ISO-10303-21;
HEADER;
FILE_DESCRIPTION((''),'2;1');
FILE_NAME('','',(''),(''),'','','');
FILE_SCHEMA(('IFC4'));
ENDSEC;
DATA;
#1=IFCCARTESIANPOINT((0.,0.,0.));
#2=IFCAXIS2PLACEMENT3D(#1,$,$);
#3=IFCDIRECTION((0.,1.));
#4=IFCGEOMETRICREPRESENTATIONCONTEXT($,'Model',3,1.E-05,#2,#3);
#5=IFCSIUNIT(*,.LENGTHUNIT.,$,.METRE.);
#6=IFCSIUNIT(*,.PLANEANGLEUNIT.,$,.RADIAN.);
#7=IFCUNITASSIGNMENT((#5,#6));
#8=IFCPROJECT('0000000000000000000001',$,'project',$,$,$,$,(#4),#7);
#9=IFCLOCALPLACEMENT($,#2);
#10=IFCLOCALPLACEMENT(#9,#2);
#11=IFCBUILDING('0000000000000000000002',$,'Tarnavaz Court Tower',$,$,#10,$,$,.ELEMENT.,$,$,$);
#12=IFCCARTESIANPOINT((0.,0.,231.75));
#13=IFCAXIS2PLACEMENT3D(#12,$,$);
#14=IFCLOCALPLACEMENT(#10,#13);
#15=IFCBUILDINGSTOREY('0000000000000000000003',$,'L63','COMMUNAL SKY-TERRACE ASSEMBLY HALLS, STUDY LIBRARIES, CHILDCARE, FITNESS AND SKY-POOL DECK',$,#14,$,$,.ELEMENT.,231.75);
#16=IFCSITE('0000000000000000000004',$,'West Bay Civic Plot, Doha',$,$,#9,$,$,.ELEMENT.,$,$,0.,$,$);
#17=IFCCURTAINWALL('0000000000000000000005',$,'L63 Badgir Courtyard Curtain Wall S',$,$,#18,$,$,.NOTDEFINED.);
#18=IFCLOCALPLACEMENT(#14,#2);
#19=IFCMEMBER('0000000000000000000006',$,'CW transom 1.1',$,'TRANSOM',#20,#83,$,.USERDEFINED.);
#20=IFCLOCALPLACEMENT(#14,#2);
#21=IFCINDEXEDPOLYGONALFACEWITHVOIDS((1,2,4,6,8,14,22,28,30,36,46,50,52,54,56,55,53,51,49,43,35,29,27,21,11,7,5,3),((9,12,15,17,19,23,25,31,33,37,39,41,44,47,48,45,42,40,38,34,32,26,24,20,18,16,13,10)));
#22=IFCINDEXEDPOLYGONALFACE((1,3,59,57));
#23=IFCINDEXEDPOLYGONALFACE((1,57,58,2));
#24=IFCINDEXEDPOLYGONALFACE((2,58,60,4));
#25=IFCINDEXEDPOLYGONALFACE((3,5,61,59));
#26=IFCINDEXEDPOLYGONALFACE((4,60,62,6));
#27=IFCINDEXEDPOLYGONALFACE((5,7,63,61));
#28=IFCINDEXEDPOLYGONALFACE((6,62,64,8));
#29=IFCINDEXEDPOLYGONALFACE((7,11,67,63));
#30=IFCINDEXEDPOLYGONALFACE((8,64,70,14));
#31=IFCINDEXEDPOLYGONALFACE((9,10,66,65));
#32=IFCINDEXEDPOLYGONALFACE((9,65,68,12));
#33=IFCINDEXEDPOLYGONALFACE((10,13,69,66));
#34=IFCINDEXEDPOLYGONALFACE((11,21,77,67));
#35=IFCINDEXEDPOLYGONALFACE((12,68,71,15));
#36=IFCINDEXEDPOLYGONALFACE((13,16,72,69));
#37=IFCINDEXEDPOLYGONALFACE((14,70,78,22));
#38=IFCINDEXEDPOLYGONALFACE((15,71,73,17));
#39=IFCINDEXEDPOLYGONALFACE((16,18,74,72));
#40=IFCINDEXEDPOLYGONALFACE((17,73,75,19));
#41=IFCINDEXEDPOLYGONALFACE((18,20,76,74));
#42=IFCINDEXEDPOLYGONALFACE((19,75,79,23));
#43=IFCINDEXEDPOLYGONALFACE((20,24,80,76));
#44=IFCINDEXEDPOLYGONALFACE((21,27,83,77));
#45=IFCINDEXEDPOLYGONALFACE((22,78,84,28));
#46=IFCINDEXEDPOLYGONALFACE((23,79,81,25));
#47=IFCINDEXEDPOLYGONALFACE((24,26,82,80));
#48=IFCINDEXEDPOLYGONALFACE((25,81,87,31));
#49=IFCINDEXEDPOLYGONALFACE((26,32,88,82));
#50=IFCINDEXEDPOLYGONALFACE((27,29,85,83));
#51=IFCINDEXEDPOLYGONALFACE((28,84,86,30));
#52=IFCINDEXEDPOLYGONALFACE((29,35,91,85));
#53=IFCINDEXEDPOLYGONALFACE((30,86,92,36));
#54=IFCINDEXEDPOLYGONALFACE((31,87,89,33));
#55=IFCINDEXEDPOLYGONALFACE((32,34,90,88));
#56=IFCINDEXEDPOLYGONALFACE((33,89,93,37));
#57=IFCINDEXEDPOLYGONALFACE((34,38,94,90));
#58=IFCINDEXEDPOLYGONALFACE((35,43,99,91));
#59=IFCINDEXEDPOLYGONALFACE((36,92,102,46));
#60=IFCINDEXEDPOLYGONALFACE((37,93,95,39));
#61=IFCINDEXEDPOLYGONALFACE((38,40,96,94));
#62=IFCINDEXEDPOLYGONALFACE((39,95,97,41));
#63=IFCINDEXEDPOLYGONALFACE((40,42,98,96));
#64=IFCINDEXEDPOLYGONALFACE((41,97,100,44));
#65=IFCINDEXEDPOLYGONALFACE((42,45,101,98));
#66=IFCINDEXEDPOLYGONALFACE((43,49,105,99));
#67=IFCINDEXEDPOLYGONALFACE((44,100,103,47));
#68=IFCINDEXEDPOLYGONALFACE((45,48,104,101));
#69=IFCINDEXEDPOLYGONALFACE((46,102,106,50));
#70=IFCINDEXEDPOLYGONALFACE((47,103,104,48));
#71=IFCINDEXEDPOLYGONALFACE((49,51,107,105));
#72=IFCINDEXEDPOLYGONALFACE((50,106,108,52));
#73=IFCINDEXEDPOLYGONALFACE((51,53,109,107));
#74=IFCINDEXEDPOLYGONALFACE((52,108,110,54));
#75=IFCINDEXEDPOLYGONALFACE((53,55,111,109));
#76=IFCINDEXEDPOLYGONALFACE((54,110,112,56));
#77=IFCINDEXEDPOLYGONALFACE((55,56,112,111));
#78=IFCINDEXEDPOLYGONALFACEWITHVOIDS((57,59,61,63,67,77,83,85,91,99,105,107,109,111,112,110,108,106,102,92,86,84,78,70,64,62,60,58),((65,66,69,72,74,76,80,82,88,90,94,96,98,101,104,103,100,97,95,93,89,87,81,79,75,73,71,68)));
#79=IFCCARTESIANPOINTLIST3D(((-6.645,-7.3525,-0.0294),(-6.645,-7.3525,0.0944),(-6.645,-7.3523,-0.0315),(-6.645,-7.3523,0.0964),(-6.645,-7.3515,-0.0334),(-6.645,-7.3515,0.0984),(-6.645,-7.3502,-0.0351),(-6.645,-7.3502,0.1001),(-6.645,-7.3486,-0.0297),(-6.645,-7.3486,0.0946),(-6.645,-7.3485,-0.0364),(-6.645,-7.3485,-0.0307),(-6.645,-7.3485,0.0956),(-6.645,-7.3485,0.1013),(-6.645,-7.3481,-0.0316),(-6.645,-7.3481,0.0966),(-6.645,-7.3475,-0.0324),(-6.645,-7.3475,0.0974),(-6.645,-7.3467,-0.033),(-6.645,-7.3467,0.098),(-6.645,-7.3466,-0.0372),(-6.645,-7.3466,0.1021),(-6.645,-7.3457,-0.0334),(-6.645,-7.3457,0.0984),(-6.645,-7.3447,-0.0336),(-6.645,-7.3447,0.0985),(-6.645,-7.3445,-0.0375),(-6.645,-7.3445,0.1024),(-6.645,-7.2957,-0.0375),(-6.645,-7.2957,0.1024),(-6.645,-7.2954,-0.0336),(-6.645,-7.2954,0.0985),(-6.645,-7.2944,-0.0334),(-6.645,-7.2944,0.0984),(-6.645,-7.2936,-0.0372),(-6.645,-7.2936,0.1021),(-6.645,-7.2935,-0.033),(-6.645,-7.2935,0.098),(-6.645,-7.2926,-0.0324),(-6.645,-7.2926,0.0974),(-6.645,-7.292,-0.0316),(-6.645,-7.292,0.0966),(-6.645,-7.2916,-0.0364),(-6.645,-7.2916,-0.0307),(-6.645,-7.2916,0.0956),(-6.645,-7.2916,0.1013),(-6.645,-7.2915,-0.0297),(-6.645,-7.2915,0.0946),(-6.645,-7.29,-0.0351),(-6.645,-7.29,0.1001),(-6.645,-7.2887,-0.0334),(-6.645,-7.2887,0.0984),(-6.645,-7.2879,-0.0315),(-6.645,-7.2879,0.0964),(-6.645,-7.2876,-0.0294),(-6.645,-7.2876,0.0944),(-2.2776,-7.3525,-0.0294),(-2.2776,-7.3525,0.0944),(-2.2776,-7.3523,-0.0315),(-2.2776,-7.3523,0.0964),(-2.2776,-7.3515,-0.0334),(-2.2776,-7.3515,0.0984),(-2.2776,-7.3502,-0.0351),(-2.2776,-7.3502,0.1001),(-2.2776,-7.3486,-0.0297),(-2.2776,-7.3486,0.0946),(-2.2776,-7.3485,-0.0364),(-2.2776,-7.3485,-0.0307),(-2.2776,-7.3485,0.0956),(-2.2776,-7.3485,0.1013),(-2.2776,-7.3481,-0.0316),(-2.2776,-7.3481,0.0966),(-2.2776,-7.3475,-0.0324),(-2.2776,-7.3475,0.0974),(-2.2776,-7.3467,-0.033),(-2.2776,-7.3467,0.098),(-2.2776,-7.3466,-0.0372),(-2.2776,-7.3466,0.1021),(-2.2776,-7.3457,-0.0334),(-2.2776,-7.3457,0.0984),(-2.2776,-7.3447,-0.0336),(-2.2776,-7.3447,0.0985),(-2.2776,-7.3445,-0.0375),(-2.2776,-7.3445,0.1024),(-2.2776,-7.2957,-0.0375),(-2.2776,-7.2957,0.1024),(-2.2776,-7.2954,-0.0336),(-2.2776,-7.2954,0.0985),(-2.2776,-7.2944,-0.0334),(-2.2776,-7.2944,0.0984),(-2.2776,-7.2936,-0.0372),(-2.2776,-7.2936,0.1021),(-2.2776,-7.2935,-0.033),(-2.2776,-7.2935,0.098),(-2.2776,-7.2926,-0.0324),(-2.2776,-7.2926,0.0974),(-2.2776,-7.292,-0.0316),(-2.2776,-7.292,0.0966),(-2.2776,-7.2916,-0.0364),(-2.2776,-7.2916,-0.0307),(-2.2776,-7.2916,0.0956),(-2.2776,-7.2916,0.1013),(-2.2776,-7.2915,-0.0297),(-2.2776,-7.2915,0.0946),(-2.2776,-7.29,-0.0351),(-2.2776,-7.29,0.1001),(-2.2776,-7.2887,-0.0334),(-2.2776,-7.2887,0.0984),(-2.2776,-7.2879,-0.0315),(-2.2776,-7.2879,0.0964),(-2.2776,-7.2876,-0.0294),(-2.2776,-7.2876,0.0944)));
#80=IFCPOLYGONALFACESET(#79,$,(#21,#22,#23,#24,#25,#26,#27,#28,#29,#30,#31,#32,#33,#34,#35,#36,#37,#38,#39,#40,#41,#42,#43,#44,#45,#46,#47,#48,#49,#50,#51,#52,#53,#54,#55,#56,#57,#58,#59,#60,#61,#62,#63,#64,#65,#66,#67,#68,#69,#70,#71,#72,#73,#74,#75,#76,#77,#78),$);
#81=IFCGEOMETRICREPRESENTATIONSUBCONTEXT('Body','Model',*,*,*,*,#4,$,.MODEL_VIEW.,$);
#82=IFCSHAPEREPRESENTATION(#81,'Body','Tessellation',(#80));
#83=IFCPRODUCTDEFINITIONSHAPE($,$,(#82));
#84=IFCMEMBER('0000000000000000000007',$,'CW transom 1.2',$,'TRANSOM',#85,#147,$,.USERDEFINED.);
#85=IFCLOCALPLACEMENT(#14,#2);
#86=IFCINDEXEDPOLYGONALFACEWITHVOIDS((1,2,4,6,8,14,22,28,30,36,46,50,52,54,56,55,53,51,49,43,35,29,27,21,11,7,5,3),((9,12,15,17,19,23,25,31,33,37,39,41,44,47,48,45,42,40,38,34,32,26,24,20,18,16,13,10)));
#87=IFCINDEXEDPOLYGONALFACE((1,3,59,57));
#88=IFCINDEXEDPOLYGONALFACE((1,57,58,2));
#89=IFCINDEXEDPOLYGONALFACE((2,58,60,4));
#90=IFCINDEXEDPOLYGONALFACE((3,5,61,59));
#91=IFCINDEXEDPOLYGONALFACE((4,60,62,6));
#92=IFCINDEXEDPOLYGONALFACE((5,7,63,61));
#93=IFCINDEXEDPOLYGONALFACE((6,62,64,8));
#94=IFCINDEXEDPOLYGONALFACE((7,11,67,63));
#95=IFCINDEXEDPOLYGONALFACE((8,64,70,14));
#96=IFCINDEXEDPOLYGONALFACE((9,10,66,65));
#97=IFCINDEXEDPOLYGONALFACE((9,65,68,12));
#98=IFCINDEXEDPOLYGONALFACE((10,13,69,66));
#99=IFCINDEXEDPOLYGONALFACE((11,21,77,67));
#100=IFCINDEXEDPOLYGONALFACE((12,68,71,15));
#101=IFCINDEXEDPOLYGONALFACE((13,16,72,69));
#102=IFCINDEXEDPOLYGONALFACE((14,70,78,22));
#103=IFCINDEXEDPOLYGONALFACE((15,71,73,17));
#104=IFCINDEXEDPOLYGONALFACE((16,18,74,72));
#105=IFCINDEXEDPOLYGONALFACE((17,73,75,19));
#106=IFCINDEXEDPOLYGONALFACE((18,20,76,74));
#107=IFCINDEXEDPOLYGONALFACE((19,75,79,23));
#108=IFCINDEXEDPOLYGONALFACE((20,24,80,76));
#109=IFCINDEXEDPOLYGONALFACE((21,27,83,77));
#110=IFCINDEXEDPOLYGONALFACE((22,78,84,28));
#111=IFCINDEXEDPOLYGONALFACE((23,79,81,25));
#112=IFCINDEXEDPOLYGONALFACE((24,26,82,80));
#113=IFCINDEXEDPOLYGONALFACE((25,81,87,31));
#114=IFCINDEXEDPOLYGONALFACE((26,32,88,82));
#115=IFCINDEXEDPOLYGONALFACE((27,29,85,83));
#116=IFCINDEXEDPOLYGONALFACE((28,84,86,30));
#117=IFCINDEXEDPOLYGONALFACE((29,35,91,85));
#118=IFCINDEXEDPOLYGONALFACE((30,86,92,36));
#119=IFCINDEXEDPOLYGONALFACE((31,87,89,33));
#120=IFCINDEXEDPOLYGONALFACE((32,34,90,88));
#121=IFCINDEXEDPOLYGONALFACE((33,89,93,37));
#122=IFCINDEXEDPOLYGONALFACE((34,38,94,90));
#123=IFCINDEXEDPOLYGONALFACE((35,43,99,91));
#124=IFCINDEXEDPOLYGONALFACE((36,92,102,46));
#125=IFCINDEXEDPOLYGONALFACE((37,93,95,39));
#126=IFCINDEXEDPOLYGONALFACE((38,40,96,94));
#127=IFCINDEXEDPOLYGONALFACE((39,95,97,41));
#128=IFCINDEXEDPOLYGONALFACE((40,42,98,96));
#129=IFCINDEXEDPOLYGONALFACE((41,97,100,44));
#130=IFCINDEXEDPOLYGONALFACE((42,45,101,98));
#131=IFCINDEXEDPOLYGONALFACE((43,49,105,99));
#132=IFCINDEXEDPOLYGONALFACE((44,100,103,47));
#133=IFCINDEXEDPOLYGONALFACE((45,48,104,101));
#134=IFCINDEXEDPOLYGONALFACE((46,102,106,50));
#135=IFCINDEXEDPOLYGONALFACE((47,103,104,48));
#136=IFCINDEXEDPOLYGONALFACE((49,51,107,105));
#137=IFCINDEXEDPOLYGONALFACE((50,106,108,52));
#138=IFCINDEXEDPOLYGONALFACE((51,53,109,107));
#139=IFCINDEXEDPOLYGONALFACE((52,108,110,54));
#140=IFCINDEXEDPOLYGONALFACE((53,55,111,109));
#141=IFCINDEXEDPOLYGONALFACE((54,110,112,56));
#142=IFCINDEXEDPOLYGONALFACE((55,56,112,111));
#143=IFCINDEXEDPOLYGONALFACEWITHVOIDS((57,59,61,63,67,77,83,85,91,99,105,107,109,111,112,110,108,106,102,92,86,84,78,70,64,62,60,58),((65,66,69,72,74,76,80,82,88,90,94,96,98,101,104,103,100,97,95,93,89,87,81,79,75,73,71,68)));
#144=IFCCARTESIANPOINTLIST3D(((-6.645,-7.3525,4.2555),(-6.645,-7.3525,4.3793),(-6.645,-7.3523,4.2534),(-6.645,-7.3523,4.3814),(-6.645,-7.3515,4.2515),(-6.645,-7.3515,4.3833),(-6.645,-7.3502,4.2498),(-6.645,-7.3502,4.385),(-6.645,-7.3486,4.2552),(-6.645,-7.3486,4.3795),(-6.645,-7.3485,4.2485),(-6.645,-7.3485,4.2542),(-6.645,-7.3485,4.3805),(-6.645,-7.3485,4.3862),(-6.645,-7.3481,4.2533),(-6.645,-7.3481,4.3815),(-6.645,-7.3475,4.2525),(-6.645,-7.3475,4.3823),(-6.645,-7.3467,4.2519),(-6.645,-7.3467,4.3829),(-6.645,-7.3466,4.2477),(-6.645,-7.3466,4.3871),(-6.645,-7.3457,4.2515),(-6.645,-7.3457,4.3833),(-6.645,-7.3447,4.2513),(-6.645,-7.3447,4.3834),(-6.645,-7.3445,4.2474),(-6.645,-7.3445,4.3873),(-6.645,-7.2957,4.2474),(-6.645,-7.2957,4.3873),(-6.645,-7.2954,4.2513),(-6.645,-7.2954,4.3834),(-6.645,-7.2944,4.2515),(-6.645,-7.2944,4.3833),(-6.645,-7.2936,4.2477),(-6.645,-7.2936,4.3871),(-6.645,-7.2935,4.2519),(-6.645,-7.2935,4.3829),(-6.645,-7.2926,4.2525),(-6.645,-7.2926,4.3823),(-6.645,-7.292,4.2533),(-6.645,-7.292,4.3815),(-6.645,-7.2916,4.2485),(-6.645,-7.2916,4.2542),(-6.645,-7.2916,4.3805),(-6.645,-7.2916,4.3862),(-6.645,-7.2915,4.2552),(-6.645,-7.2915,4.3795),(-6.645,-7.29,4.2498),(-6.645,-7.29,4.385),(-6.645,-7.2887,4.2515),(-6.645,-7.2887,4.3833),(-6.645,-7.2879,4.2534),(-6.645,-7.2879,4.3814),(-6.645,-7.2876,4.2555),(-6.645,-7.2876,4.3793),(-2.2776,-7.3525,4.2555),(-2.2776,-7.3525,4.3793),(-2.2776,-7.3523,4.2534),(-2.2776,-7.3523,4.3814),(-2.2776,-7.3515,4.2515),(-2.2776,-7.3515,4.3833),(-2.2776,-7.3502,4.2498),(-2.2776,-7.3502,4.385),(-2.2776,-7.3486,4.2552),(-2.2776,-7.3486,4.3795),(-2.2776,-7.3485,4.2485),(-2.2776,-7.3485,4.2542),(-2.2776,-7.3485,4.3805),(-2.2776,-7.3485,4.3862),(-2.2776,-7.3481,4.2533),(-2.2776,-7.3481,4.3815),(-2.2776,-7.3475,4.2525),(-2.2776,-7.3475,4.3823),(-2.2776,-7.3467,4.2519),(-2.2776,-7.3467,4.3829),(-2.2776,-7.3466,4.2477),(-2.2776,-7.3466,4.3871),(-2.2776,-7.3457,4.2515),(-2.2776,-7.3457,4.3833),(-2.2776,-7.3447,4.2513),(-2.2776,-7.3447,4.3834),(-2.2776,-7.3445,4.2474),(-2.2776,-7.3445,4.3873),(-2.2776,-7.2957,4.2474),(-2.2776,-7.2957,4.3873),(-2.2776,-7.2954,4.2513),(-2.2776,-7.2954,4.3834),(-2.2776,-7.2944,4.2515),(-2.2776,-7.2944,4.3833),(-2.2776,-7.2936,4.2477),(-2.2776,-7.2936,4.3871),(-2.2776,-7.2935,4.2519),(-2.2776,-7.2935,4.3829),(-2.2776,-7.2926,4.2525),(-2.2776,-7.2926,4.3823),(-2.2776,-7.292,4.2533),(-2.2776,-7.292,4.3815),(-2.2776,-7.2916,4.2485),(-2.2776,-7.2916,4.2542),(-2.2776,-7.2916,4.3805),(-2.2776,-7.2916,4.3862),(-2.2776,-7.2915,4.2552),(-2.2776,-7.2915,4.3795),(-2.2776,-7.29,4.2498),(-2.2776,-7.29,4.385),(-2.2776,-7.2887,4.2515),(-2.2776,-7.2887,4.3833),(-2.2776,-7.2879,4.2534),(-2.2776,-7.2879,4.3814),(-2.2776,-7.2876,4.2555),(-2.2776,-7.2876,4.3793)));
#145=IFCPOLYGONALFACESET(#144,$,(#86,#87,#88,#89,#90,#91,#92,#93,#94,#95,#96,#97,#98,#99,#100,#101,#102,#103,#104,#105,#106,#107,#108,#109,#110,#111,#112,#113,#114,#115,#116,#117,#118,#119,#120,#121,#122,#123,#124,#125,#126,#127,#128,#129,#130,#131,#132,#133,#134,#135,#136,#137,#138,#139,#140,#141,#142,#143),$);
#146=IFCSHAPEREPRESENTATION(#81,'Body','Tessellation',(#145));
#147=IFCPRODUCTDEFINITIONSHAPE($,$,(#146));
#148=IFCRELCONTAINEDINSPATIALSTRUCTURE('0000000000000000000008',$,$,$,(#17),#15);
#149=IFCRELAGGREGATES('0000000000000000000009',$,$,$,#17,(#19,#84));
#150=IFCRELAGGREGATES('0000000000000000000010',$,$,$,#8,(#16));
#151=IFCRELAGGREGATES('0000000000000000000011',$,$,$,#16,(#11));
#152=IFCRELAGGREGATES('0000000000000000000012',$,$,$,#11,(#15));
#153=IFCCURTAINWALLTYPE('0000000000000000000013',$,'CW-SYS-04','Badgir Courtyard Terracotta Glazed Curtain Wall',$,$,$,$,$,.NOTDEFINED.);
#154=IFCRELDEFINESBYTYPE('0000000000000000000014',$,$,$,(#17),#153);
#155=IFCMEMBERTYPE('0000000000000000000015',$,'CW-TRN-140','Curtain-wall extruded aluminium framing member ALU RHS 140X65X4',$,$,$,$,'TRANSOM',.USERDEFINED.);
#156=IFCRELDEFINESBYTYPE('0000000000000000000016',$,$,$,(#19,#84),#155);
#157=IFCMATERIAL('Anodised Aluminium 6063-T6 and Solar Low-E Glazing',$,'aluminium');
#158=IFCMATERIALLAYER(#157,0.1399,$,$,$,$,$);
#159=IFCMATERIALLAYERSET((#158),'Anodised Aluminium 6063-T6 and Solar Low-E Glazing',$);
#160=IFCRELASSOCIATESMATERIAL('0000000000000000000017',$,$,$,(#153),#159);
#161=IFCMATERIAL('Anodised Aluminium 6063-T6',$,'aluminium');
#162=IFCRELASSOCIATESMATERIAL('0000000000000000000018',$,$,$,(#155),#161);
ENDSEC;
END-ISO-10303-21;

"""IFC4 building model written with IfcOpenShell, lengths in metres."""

from ifc_helpers import new_model, si_unit, direction, frame, origin, origin_2d, place, context, subcontext, project, spatial, hollow_rectangle, extrude, material, layer, layer_set, material_profile, profile_set, type_object, element, aggregate, save


model = new_model("IFC4")

# Units and contexts
model_context = context("Model", 3, precision=1e-05, world=origin(), true_north=direction((0.0, 1.0)))
body_context = subcontext(model_context, "Body", "Model", "MODEL_VIEW")
ifc_project = project(units=[si_unit("LENGTHUNIT", "METRE"), si_unit("PLANEANGLEUNIT", "RADIAN")], contexts=[model_context])

# Site, building, storey
site_placement = place(None, origin())
site = spatial("IfcSite", under=ifc_project, at=site_placement, Name="West Bay Civic Plot, Doha", CompositionType="ELEMENT", RefElevation=0.0)
building_placement = place(site_placement, origin())
building = spatial("IfcBuilding", under=site, at=building_placement, Name="Tarnavaz Court Tower", CompositionType="ELEMENT")
storey_placement = place(building_placement, frame((0.0, 0.0, 231.75)))
storey = spatial("IfcBuildingStorey", under=building, at=storey_placement, Name="L63", Description="COMMUNAL SKY-TERRACE ASSEMBLY HALLS, STUDY LIBRARIES, CHILDCARE, FITNESS AND SKY-POOL DECK", CompositionType="ELEMENT", Elevation=231.75)

# Curtain wall, members
ifc_material_1 = material(Name="Anodised Aluminium 6063-T6 and Solar Low-E Glazing", Category="aluminium")
ifc_layer_1 = layer(ifc_material_1, 0.1399)
ifc_layer_set_1 = layer_set([ifc_layer_1], Name="Anodised Aluminium 6063-T6 and Solar Low-E Glazing")
curtain_wall_type = type_object("IfcCurtainWallType", Name="CW-SYS-04", Description="Badgir Courtyard Terracotta Glazed Curtain Wall", PredefinedType="NOTDEFINED", material=ifc_layer_set_1)
curtain_wall_placement = place(storey_placement, origin())
curtain_wall = element("IfcCurtainWall", 1, at=curtain_wall_placement, inside=storey, type_object=curtain_wall_type, Name="L63 Badgir Courtyard Curtain Wall S", PredefinedType="NOTDEFINED")
ifc_material_2 = material(Name="Anodised Aluminium 6063-T6", Category="aluminium")
ifc_material_profile_1 = material_profile(ifc_material_2, hollow_rectangle(XDim=0.0649, YDim=0.1399, WallThickness=0.0039, InnerFilletRadius=0.0039, OuterFilletRadius=0.0081, at=origin_2d()), Name="ALU RHS 140X65X4")
ifc_profile_set_1 = profile_set([ifc_material_profile_1], Name="Anodised Aluminium 6063-T6")
member_type_1 = type_object("IfcMemberType", Name="CW-TRN-140", Description="Curtain-wall extruded aluminium framing member ALU RHS 140X65X4", ElementType="TRANSOM", PredefinedType="USERDEFINED", material=ifc_profile_set_1)
member_1_placement = place(storey_placement, frame((-6.645, -7.3201, 0.0325), z_axis=(1.0, 0.0, 0.0), x_axis=(0.0, 1.0, 0.0)))
member_1 = element("IfcMember", 2, at=member_1_placement, type_object=member_type_1, Name="CW transom 1.1", ObjectType="TRANSOM", PredefinedType="USERDEFINED", context=body_context, shape_type="SweptSolid", body=[
    extrude(hollow_rectangle(XDim=0.0649, YDim=0.1399, WallThickness=0.0039, InnerFilletRadius=0.0039, OuterFilletRadius=0.0081, at=origin_2d()), origin(), (0.0, 0.0, 1.0), 4.3674),
])
member_2_placement = place(storey_placement, frame((-6.645, -7.3201, 4.3174), z_axis=(1.0, 0.0, 0.0), x_axis=(0.0, 1.0, 0.0)))
member_2 = element("IfcMember", 3, at=member_2_placement, type_object=member_type_1, Name="CW transom 1.2", ObjectType="TRANSOM", PredefinedType="USERDEFINED", context=body_context, shape_type="SweptSolid", body=[
    extrude(hollow_rectangle(XDim=0.0649, YDim=0.1399, WallThickness=0.0039, InnerFilletRadius=0.0039, OuterFilletRadius=0.0081, at=origin_2d()), origin(), (0.0, 0.0, 1.0), 4.3674),
])
aggregate(curtain_wall, [member_1, member_2])

save(model, "model.ifc")
